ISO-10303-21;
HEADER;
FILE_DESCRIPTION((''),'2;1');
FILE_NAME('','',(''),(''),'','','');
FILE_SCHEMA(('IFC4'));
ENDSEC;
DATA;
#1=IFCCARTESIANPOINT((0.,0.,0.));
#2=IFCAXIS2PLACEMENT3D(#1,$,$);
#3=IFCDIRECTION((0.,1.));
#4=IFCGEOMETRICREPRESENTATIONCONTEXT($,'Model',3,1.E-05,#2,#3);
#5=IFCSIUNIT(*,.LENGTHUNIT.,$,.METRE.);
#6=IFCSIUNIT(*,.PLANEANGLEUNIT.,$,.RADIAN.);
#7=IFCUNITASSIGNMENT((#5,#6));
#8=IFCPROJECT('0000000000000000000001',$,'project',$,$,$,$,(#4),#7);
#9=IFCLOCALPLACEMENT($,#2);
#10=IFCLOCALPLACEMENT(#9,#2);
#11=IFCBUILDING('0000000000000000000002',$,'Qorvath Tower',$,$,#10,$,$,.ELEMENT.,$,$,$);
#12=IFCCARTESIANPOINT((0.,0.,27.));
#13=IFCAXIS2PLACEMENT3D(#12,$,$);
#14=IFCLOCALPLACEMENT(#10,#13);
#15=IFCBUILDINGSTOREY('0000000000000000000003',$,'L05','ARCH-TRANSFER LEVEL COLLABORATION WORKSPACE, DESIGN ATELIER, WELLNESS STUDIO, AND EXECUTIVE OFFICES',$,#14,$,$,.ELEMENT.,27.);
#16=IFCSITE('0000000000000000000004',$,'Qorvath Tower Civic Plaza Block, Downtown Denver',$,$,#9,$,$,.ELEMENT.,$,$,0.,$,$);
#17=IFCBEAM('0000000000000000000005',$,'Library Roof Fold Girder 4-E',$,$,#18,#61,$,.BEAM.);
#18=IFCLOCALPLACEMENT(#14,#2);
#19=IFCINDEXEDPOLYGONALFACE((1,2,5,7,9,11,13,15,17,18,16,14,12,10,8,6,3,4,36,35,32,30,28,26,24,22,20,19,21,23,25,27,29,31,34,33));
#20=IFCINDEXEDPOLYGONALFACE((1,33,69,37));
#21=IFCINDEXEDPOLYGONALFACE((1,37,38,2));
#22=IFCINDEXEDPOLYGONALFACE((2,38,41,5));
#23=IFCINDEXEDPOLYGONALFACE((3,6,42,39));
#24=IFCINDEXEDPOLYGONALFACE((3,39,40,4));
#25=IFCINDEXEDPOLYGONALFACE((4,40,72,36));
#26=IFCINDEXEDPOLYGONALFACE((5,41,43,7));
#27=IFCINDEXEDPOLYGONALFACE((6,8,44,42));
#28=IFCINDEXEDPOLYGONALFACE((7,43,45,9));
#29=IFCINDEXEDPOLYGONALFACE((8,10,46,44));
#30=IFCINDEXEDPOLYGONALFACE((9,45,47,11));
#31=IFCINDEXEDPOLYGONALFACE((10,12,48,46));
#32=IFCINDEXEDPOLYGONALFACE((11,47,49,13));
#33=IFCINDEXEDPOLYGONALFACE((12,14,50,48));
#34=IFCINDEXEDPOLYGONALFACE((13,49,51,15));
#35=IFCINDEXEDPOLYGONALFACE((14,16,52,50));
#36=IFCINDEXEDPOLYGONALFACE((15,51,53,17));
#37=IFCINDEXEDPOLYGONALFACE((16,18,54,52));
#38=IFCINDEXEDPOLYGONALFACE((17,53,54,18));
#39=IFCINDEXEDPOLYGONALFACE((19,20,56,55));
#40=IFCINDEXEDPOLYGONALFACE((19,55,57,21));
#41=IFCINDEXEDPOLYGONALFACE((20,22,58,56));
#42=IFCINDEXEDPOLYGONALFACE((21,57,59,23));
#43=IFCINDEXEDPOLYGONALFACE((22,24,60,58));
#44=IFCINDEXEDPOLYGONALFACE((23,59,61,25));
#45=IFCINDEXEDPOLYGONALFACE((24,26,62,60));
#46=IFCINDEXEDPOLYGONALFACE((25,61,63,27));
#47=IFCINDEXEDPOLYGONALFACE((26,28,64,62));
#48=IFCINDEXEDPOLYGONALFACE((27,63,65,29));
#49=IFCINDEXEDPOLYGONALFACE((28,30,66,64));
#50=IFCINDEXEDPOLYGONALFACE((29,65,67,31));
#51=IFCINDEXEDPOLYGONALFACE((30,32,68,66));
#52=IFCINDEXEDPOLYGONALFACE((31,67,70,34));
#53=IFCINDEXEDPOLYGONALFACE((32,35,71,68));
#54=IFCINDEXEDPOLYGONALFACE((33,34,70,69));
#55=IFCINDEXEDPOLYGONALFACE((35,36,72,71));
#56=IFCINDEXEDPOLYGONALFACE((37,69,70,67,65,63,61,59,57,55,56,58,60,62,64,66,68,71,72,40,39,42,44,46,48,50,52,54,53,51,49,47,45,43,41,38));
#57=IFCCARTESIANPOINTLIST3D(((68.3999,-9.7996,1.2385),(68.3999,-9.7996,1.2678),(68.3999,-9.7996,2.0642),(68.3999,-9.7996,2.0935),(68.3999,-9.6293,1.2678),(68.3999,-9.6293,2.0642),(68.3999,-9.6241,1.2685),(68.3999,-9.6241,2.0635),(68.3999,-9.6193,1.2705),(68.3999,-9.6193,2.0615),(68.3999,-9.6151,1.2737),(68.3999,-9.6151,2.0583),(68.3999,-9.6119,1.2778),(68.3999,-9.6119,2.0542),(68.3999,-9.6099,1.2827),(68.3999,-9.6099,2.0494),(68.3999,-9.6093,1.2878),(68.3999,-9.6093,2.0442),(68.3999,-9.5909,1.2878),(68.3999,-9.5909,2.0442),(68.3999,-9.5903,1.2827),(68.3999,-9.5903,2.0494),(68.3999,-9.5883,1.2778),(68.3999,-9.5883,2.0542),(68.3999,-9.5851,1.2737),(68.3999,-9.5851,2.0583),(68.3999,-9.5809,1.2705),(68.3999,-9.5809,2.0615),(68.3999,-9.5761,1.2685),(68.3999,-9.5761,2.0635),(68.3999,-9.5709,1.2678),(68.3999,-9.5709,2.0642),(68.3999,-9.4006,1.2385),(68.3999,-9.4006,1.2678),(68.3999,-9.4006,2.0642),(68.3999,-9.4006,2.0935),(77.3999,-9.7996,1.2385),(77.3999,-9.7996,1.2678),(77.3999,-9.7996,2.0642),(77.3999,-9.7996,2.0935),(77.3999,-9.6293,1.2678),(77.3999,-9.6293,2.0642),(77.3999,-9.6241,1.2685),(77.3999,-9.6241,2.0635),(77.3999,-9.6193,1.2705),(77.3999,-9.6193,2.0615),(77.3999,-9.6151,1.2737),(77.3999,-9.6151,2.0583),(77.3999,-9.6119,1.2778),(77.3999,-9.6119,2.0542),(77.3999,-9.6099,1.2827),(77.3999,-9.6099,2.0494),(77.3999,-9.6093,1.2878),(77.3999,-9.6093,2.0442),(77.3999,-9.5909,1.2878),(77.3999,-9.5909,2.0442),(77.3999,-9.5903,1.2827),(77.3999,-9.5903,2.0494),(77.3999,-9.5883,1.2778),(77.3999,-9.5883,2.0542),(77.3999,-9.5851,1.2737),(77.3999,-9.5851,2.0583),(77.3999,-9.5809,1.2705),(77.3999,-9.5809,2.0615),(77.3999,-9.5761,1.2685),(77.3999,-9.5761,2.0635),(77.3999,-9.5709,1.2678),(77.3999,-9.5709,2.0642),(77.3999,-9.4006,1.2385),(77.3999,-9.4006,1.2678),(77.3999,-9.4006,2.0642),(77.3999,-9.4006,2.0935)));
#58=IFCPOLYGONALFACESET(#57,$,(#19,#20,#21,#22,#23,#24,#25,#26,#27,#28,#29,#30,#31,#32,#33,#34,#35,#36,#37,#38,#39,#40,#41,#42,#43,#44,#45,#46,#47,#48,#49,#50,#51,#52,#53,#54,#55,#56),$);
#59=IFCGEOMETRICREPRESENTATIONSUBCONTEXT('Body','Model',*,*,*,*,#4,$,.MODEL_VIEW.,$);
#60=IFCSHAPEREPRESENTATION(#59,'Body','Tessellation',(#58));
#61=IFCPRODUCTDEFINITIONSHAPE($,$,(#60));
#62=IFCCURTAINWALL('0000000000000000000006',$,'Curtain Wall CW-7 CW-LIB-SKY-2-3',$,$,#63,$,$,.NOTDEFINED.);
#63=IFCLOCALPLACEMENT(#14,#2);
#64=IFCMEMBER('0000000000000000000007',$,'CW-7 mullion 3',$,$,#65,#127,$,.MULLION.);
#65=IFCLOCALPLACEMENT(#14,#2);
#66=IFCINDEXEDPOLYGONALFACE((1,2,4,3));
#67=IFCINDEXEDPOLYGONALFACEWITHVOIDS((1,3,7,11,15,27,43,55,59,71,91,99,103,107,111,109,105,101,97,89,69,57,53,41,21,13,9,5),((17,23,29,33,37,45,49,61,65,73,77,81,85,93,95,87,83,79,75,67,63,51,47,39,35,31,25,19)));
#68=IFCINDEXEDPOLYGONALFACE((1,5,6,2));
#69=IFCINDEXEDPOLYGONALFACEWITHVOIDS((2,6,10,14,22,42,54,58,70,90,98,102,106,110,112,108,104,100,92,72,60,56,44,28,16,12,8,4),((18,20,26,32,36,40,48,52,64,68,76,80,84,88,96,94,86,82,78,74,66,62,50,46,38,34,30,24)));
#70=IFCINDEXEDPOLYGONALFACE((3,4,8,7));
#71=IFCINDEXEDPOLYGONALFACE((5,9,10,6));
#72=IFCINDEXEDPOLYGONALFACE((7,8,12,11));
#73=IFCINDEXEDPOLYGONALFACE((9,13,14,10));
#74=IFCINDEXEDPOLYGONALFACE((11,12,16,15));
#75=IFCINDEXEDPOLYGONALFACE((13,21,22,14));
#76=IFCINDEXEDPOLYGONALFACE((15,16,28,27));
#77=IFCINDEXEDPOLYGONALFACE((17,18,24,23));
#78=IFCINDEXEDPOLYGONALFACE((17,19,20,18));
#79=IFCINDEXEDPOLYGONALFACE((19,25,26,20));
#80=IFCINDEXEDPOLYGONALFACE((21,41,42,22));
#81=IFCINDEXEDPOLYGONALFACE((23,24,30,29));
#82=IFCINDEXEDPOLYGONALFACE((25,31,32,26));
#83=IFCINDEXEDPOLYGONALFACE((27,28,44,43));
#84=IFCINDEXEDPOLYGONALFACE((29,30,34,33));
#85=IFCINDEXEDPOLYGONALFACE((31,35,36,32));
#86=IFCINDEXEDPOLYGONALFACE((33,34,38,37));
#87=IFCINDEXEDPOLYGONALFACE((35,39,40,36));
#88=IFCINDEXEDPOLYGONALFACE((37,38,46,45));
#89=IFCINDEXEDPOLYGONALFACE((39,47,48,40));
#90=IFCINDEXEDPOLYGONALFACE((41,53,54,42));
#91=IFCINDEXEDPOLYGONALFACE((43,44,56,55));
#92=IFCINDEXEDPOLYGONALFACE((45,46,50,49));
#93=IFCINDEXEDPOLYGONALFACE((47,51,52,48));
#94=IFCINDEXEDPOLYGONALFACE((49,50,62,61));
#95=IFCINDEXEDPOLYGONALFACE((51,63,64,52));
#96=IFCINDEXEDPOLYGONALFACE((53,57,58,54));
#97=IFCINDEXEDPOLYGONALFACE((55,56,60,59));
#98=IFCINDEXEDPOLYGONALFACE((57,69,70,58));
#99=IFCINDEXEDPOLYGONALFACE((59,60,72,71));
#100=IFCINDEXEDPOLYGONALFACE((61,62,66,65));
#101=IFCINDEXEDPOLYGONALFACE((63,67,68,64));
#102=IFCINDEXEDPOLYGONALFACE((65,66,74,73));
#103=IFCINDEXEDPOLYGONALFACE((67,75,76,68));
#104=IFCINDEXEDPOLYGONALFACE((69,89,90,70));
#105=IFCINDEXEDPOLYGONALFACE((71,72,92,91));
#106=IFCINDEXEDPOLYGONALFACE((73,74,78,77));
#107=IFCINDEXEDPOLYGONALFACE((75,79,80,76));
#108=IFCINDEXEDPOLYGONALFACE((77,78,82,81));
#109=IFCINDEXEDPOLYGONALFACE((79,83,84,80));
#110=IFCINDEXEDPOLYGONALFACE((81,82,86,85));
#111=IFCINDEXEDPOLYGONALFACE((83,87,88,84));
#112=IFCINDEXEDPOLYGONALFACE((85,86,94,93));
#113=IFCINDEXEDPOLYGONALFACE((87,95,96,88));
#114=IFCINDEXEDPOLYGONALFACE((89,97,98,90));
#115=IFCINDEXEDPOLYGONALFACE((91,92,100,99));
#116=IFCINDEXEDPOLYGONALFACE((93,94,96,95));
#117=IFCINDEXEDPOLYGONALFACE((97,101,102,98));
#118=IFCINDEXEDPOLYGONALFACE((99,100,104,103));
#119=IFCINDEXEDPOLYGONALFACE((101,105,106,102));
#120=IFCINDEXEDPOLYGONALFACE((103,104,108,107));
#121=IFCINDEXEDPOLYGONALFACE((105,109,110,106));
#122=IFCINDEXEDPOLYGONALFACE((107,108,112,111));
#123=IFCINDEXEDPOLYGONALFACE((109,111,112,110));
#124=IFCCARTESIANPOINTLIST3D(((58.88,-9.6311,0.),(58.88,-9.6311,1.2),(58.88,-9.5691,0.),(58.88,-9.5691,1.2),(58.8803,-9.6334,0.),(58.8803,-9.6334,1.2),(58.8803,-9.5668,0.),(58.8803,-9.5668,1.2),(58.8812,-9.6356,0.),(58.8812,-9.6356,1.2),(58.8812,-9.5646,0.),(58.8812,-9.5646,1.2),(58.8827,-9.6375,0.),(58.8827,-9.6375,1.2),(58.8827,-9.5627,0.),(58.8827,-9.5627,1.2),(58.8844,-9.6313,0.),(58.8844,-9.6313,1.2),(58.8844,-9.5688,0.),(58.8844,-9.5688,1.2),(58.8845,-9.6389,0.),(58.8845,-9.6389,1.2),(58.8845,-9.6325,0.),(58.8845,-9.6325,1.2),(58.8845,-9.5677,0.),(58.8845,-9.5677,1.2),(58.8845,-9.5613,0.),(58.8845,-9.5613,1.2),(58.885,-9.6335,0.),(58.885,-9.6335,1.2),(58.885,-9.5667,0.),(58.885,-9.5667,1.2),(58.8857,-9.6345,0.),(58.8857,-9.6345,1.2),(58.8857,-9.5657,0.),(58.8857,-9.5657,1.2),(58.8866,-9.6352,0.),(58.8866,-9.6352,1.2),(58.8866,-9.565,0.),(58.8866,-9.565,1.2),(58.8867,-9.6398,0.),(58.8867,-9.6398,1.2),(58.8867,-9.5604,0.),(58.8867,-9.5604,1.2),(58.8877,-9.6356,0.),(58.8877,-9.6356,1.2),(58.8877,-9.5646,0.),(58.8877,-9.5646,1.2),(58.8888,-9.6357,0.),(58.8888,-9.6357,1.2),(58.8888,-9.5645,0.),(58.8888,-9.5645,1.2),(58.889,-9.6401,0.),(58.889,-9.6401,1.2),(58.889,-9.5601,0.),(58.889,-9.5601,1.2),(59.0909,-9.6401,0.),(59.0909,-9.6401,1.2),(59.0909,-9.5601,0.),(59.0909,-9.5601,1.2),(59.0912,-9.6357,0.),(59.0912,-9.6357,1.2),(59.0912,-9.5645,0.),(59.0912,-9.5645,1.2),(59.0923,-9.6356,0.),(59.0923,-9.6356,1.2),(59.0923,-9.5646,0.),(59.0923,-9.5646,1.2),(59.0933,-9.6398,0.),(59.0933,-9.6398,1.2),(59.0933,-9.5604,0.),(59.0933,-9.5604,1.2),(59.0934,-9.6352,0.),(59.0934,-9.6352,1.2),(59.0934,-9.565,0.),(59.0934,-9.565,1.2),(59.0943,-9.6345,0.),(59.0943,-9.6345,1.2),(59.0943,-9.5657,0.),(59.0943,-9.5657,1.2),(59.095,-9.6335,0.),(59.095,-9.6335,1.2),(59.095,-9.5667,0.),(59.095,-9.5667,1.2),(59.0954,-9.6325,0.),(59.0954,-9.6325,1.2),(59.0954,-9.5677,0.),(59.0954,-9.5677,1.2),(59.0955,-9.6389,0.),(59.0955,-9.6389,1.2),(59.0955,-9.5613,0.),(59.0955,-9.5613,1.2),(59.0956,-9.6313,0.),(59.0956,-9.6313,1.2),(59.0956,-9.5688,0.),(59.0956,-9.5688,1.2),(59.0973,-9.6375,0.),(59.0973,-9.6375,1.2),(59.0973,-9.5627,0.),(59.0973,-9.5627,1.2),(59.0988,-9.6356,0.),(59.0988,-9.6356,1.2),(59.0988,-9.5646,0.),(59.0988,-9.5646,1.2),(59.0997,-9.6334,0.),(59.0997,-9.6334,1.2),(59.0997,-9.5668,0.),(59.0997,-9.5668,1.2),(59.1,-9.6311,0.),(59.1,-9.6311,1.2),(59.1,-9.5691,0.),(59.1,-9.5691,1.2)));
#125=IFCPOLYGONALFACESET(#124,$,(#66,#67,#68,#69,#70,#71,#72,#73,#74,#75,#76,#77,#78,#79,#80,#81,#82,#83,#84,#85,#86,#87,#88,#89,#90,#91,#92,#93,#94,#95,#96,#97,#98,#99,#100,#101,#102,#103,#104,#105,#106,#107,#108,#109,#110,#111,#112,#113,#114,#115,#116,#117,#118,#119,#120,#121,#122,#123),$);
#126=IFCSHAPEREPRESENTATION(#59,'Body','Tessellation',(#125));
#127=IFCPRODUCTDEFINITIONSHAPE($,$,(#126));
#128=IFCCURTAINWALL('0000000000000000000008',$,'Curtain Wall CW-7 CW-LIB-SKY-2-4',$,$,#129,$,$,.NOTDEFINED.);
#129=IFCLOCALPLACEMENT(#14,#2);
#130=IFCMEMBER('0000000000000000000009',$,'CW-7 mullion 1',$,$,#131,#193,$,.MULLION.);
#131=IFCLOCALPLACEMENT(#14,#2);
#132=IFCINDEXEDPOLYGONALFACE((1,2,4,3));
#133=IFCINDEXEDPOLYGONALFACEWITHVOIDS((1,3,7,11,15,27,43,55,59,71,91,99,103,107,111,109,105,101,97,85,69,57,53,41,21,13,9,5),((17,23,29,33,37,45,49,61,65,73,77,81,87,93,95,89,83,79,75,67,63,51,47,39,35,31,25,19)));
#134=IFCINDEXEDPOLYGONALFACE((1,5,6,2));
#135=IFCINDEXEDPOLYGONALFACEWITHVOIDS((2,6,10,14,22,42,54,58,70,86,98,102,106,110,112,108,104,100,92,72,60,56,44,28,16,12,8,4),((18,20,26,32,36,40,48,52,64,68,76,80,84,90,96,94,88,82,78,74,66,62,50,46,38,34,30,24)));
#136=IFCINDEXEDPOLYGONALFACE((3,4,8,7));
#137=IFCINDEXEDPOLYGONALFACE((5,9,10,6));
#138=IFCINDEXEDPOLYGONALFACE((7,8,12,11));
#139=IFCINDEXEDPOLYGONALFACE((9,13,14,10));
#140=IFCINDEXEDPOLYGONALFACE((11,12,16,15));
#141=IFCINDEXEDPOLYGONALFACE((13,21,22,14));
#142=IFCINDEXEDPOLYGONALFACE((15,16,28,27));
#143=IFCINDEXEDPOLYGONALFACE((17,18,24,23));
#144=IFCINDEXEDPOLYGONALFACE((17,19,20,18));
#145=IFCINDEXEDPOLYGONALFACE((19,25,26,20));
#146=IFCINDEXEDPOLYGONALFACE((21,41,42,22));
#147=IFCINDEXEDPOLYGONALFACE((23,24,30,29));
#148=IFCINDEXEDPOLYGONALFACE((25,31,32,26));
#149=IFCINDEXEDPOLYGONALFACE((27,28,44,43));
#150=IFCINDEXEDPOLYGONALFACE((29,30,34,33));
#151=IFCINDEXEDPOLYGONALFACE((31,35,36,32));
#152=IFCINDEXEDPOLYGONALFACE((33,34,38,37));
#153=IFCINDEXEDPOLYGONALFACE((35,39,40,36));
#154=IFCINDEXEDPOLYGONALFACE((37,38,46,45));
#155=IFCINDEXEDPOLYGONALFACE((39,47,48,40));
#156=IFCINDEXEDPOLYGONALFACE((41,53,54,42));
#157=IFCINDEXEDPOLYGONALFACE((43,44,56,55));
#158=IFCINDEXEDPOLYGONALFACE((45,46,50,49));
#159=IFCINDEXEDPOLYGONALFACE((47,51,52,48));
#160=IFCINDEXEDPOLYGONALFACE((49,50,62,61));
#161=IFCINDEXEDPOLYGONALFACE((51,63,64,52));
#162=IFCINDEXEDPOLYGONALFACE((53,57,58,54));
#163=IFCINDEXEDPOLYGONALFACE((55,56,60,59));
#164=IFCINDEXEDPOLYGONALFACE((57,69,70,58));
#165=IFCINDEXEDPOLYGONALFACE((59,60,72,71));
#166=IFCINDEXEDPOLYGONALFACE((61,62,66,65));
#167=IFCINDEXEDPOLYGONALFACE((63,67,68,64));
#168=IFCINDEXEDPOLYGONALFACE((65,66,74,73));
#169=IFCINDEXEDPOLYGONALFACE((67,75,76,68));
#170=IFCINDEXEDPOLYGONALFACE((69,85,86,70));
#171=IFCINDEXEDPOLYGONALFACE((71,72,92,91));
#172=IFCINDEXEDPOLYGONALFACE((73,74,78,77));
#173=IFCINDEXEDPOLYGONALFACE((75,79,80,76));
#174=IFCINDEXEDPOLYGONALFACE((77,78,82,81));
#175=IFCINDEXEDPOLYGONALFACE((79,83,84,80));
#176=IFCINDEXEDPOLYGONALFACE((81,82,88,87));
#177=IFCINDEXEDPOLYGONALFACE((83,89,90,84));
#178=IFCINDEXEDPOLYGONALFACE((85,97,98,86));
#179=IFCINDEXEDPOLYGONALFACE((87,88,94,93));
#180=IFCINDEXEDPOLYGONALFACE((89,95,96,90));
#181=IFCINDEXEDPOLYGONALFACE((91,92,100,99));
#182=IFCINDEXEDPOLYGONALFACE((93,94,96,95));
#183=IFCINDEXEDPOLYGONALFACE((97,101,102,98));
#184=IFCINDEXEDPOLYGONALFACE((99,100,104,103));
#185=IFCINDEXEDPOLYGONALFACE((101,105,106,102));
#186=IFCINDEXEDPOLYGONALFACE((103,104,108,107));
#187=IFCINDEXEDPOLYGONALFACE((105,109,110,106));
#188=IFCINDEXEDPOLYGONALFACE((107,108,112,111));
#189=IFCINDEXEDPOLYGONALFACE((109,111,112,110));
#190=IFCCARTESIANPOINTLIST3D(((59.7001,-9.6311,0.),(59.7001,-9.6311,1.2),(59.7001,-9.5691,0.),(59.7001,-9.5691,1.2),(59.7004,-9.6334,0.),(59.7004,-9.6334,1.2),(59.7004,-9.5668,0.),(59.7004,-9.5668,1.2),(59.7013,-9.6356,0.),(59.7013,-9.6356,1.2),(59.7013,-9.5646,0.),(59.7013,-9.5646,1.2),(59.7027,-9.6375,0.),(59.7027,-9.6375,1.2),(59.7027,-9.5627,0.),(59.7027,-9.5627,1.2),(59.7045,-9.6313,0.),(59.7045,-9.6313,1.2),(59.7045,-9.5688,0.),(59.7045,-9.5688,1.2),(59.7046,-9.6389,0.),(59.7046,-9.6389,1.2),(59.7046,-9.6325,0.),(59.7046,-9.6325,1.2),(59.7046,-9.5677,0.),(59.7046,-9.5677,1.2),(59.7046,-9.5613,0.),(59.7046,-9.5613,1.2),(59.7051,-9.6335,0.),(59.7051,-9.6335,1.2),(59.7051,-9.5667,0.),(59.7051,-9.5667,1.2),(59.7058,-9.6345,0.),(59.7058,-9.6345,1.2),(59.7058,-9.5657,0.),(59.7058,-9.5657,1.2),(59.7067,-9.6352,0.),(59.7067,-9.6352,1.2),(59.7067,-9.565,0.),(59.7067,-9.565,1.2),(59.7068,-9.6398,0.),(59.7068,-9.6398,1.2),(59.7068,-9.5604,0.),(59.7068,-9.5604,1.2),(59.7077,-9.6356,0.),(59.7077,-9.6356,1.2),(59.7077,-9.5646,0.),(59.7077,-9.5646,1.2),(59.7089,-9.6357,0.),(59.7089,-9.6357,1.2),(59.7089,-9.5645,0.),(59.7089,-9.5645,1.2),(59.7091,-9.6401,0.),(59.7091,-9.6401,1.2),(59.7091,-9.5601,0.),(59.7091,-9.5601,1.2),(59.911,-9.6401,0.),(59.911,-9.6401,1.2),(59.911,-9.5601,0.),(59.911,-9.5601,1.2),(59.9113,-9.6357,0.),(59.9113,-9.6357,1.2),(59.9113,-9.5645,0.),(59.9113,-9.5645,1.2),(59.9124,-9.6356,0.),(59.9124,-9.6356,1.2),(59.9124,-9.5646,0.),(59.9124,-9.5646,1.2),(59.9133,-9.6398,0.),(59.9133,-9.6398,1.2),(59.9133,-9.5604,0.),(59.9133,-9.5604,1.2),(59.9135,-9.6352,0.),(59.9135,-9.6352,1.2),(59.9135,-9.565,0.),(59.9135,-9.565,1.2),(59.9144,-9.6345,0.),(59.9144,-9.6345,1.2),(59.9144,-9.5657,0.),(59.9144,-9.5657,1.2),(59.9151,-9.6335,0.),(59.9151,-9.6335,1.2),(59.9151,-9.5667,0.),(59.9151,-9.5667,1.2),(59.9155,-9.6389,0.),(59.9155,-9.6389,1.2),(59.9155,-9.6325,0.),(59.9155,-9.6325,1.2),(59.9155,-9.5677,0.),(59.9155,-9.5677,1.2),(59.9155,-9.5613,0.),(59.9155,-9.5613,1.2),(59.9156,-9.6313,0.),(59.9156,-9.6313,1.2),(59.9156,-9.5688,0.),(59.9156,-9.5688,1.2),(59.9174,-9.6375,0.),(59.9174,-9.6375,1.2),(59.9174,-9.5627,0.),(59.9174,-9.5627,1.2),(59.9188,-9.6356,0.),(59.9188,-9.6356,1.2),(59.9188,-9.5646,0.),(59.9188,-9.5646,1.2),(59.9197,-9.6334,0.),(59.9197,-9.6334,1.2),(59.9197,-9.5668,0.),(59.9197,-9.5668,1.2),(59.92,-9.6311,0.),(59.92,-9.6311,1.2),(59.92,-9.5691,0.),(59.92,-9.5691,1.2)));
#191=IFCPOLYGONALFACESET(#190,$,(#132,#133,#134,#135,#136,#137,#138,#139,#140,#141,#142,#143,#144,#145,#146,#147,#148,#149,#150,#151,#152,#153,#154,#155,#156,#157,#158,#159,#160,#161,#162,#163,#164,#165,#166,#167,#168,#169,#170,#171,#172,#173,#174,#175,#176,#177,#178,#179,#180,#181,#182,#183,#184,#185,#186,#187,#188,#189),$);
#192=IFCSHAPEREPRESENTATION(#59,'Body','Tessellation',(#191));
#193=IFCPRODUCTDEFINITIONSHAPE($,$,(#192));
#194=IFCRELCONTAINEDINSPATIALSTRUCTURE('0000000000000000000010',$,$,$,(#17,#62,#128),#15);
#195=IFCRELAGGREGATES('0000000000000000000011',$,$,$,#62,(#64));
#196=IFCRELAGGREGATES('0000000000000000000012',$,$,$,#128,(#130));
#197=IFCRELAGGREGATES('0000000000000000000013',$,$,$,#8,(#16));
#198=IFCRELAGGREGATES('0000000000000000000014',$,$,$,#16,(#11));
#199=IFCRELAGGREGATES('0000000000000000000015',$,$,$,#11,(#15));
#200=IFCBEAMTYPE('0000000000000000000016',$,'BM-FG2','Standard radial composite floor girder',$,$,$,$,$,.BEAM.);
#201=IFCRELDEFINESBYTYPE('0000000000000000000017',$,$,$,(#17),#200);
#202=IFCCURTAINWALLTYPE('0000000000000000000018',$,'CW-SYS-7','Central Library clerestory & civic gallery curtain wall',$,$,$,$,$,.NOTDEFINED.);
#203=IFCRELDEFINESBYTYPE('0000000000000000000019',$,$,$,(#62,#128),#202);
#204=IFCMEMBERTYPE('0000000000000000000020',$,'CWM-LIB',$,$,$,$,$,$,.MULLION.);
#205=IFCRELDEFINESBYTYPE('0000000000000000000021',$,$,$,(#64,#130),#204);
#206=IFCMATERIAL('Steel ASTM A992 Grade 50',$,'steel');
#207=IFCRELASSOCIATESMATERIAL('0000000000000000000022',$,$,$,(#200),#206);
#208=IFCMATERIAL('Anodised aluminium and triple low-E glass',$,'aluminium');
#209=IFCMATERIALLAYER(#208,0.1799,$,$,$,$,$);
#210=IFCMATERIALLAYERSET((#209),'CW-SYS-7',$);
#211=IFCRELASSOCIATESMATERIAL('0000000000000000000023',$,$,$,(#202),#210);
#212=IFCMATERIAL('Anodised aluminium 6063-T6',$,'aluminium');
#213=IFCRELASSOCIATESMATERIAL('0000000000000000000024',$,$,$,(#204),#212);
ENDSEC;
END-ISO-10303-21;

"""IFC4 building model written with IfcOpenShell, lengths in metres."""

from ifc_helpers import new_model, si_unit, direction, frame, origin, origin_2d, place, context, subcontext, project, spatial, hollow_rectangle, i_section, extrude, material, layer, layer_set, material_profile, profile_set, type_object, element, aggregate, save


model = new_model("IFC4")

# Units and contexts
model_context = context("Model", 3, precision=1e-05, world=origin(), true_north=direction((0.0, 1.0)))
body_context = subcontext(model_context, "Body", "Model", "MODEL_VIEW")
ifc_project = project(units=[si_unit("LENGTHUNIT", "METRE"), si_unit("PLANEANGLEUNIT", "RADIAN")], contexts=[model_context])

# Site, building, storey
site_placement = place(None, origin())
site = spatial("IfcSite", under=ifc_project, at=site_placement, Name="Qorvath Tower Civic Plaza Block, Downtown Denver", CompositionType="ELEMENT", RefElevation=0.0)
building_placement = place(site_placement, origin())
building = spatial("IfcBuilding", under=site, at=building_placement, Name="Qorvath Tower", CompositionType="ELEMENT")
storey_placement = place(building_placement, frame((0.0, 0.0, 27.0)))
storey = spatial("IfcBuildingStorey", under=building, at=storey_placement, Name="L05", Description="ARCH-TRANSFER LEVEL COLLABORATION WORKSPACE, DESIGN ATELIER, WELLNESS STUDIO, AND EXECUTIVE OFFICES", CompositionType="ELEMENT", Elevation=27.0)

# Beam
ifc_material_1 = material(Name="Steel ASTM A992 Grade 50", Category="steel")
ifc_material_profile_1 = material_profile(ifc_material_1, i_section(OverallWidth=0.3989, OverallDepth=0.855, WebThickness=0.0183, FlangeThickness=0.0293, FilletRadius=0.02, at=origin_2d()), Name="W33x201")
ifc_profile_set_1 = profile_set([ifc_material_profile_1], Name="Steel ASTM A992 Grade 50")
beam_type = type_object("IfcBeamType", Name="BM-FG2", Description="Standard radial composite floor girder", PredefinedType="BEAM", material=ifc_profile_set_1)
beam_placement = place(storey_placement, frame((68.3999, -9.6001, 1.666), z_axis=(1.0, 0.0, 0.0), x_axis=(0.0, 1.0, 0.0)))
element("IfcBeam", 1, at=beam_placement, inside=storey, type_object=beam_type, Name="Library Roof Fold Girder 4-E", PredefinedType="BEAM", context=body_context, shape_type="SweptSolid", body=[
    extrude(i_section(OverallWidth=0.3989, OverallDepth=0.855, WebThickness=0.0183, FlangeThickness=0.0293, FilletRadius=0.02, at=origin_2d()), origin(), (0.0, 0.0, 1.0), 9.0),
])

# Curtain wall, member
ifc_material_2 = material(Name="Anodised aluminium and triple low-E glass", Category="aluminium")
ifc_layer_1 = layer(ifc_material_2, 0.1799)
ifc_layer_set_1 = layer_set([ifc_layer_1], Name="CW-SYS-7")
curtain_wall_type = type_object("IfcCurtainWallType", Name="CW-SYS-7", Description="Central Library clerestory & civic gallery curtain wall", PredefinedType="NOTDEFINED", material=ifc_layer_set_1)
curtain_wall_1_placement = place(storey_placement, origin())
curtain_wall_1 = element("IfcCurtainWall", 2, at=curtain_wall_1_placement, inside=storey, type_object=curtain_wall_type, Name="Curtain Wall CW-7 CW-LIB-SKY-2-3", PredefinedType="NOTDEFINED")
ifc_material_3 = material(Name="Anodised aluminium 6063-T6", Category="aluminium")
ifc_material_profile_2 = material_profile(ifc_material_3, hollow_rectangle(XDim=0.0801, YDim=0.22, WallThickness=0.0044, InnerFilletRadius=0.0044, OuterFilletRadius=0.009, at=origin_2d()), Name="CWM LIB 220x80")
ifc_profile_set_2 = profile_set([ifc_material_profile_2], Name="Anodised aluminium 6063-T6")
member_type_1 = type_object("IfcMemberType", Name="CWM-LIB", PredefinedType="MULLION", material=ifc_profile_set_2)
member_1_placement = place(storey_placement, frame((58.99, -9.6001, 0.0), z_axis=(0.0, 0.0, 1.0), x_axis=(0.0, 1.0, 0.0)))
member_1 = element("IfcMember", 3, at=member_1_placement, type_object=member_type_1, Name="CW-7 mullion 3", PredefinedType="MULLION", context=body_context, shape_type="SweptSolid", body=[
    extrude(hollow_rectangle(XDim=0.0801, YDim=0.22, WallThickness=0.0044, InnerFilletRadius=0.0044, OuterFilletRadius=0.009, at=origin_2d()), origin(), (0.0, 0.0, 1.0), 1.2),
])

# Curtain wall, member
curtain_wall_2_placement = place(storey_placement, origin())
curtain_wall_2 = element("IfcCurtainWall", 4, at=curtain_wall_2_placement, inside=storey, type_object=curtain_wall_type, Name="Curtain Wall CW-7 CW-LIB-SKY-2-4", PredefinedType="NOTDEFINED")
member_2_placement = place(storey_placement, frame((59.8101, -9.6001, 0.0), z_axis=(0.0, 0.0, 1.0), x_axis=(0.0, 1.0, 0.0)))
member_2 = element("IfcMember", 5, at=member_2_placement, type_object=member_type_1, Name="CW-7 mullion 1", PredefinedType="MULLION", context=body_context, shape_type="SweptSolid", body=[
    extrude(hollow_rectangle(XDim=0.0801, YDim=0.22, WallThickness=0.0044, InnerFilletRadius=0.0044, OuterFilletRadius=0.009, at=origin_2d()), origin(), (0.0, 0.0, 1.0), 1.2),
])

aggregate(curtain_wall_1, [member_1])
aggregate(curtain_wall_2, [member_2])

save(model, "model.ifc")
